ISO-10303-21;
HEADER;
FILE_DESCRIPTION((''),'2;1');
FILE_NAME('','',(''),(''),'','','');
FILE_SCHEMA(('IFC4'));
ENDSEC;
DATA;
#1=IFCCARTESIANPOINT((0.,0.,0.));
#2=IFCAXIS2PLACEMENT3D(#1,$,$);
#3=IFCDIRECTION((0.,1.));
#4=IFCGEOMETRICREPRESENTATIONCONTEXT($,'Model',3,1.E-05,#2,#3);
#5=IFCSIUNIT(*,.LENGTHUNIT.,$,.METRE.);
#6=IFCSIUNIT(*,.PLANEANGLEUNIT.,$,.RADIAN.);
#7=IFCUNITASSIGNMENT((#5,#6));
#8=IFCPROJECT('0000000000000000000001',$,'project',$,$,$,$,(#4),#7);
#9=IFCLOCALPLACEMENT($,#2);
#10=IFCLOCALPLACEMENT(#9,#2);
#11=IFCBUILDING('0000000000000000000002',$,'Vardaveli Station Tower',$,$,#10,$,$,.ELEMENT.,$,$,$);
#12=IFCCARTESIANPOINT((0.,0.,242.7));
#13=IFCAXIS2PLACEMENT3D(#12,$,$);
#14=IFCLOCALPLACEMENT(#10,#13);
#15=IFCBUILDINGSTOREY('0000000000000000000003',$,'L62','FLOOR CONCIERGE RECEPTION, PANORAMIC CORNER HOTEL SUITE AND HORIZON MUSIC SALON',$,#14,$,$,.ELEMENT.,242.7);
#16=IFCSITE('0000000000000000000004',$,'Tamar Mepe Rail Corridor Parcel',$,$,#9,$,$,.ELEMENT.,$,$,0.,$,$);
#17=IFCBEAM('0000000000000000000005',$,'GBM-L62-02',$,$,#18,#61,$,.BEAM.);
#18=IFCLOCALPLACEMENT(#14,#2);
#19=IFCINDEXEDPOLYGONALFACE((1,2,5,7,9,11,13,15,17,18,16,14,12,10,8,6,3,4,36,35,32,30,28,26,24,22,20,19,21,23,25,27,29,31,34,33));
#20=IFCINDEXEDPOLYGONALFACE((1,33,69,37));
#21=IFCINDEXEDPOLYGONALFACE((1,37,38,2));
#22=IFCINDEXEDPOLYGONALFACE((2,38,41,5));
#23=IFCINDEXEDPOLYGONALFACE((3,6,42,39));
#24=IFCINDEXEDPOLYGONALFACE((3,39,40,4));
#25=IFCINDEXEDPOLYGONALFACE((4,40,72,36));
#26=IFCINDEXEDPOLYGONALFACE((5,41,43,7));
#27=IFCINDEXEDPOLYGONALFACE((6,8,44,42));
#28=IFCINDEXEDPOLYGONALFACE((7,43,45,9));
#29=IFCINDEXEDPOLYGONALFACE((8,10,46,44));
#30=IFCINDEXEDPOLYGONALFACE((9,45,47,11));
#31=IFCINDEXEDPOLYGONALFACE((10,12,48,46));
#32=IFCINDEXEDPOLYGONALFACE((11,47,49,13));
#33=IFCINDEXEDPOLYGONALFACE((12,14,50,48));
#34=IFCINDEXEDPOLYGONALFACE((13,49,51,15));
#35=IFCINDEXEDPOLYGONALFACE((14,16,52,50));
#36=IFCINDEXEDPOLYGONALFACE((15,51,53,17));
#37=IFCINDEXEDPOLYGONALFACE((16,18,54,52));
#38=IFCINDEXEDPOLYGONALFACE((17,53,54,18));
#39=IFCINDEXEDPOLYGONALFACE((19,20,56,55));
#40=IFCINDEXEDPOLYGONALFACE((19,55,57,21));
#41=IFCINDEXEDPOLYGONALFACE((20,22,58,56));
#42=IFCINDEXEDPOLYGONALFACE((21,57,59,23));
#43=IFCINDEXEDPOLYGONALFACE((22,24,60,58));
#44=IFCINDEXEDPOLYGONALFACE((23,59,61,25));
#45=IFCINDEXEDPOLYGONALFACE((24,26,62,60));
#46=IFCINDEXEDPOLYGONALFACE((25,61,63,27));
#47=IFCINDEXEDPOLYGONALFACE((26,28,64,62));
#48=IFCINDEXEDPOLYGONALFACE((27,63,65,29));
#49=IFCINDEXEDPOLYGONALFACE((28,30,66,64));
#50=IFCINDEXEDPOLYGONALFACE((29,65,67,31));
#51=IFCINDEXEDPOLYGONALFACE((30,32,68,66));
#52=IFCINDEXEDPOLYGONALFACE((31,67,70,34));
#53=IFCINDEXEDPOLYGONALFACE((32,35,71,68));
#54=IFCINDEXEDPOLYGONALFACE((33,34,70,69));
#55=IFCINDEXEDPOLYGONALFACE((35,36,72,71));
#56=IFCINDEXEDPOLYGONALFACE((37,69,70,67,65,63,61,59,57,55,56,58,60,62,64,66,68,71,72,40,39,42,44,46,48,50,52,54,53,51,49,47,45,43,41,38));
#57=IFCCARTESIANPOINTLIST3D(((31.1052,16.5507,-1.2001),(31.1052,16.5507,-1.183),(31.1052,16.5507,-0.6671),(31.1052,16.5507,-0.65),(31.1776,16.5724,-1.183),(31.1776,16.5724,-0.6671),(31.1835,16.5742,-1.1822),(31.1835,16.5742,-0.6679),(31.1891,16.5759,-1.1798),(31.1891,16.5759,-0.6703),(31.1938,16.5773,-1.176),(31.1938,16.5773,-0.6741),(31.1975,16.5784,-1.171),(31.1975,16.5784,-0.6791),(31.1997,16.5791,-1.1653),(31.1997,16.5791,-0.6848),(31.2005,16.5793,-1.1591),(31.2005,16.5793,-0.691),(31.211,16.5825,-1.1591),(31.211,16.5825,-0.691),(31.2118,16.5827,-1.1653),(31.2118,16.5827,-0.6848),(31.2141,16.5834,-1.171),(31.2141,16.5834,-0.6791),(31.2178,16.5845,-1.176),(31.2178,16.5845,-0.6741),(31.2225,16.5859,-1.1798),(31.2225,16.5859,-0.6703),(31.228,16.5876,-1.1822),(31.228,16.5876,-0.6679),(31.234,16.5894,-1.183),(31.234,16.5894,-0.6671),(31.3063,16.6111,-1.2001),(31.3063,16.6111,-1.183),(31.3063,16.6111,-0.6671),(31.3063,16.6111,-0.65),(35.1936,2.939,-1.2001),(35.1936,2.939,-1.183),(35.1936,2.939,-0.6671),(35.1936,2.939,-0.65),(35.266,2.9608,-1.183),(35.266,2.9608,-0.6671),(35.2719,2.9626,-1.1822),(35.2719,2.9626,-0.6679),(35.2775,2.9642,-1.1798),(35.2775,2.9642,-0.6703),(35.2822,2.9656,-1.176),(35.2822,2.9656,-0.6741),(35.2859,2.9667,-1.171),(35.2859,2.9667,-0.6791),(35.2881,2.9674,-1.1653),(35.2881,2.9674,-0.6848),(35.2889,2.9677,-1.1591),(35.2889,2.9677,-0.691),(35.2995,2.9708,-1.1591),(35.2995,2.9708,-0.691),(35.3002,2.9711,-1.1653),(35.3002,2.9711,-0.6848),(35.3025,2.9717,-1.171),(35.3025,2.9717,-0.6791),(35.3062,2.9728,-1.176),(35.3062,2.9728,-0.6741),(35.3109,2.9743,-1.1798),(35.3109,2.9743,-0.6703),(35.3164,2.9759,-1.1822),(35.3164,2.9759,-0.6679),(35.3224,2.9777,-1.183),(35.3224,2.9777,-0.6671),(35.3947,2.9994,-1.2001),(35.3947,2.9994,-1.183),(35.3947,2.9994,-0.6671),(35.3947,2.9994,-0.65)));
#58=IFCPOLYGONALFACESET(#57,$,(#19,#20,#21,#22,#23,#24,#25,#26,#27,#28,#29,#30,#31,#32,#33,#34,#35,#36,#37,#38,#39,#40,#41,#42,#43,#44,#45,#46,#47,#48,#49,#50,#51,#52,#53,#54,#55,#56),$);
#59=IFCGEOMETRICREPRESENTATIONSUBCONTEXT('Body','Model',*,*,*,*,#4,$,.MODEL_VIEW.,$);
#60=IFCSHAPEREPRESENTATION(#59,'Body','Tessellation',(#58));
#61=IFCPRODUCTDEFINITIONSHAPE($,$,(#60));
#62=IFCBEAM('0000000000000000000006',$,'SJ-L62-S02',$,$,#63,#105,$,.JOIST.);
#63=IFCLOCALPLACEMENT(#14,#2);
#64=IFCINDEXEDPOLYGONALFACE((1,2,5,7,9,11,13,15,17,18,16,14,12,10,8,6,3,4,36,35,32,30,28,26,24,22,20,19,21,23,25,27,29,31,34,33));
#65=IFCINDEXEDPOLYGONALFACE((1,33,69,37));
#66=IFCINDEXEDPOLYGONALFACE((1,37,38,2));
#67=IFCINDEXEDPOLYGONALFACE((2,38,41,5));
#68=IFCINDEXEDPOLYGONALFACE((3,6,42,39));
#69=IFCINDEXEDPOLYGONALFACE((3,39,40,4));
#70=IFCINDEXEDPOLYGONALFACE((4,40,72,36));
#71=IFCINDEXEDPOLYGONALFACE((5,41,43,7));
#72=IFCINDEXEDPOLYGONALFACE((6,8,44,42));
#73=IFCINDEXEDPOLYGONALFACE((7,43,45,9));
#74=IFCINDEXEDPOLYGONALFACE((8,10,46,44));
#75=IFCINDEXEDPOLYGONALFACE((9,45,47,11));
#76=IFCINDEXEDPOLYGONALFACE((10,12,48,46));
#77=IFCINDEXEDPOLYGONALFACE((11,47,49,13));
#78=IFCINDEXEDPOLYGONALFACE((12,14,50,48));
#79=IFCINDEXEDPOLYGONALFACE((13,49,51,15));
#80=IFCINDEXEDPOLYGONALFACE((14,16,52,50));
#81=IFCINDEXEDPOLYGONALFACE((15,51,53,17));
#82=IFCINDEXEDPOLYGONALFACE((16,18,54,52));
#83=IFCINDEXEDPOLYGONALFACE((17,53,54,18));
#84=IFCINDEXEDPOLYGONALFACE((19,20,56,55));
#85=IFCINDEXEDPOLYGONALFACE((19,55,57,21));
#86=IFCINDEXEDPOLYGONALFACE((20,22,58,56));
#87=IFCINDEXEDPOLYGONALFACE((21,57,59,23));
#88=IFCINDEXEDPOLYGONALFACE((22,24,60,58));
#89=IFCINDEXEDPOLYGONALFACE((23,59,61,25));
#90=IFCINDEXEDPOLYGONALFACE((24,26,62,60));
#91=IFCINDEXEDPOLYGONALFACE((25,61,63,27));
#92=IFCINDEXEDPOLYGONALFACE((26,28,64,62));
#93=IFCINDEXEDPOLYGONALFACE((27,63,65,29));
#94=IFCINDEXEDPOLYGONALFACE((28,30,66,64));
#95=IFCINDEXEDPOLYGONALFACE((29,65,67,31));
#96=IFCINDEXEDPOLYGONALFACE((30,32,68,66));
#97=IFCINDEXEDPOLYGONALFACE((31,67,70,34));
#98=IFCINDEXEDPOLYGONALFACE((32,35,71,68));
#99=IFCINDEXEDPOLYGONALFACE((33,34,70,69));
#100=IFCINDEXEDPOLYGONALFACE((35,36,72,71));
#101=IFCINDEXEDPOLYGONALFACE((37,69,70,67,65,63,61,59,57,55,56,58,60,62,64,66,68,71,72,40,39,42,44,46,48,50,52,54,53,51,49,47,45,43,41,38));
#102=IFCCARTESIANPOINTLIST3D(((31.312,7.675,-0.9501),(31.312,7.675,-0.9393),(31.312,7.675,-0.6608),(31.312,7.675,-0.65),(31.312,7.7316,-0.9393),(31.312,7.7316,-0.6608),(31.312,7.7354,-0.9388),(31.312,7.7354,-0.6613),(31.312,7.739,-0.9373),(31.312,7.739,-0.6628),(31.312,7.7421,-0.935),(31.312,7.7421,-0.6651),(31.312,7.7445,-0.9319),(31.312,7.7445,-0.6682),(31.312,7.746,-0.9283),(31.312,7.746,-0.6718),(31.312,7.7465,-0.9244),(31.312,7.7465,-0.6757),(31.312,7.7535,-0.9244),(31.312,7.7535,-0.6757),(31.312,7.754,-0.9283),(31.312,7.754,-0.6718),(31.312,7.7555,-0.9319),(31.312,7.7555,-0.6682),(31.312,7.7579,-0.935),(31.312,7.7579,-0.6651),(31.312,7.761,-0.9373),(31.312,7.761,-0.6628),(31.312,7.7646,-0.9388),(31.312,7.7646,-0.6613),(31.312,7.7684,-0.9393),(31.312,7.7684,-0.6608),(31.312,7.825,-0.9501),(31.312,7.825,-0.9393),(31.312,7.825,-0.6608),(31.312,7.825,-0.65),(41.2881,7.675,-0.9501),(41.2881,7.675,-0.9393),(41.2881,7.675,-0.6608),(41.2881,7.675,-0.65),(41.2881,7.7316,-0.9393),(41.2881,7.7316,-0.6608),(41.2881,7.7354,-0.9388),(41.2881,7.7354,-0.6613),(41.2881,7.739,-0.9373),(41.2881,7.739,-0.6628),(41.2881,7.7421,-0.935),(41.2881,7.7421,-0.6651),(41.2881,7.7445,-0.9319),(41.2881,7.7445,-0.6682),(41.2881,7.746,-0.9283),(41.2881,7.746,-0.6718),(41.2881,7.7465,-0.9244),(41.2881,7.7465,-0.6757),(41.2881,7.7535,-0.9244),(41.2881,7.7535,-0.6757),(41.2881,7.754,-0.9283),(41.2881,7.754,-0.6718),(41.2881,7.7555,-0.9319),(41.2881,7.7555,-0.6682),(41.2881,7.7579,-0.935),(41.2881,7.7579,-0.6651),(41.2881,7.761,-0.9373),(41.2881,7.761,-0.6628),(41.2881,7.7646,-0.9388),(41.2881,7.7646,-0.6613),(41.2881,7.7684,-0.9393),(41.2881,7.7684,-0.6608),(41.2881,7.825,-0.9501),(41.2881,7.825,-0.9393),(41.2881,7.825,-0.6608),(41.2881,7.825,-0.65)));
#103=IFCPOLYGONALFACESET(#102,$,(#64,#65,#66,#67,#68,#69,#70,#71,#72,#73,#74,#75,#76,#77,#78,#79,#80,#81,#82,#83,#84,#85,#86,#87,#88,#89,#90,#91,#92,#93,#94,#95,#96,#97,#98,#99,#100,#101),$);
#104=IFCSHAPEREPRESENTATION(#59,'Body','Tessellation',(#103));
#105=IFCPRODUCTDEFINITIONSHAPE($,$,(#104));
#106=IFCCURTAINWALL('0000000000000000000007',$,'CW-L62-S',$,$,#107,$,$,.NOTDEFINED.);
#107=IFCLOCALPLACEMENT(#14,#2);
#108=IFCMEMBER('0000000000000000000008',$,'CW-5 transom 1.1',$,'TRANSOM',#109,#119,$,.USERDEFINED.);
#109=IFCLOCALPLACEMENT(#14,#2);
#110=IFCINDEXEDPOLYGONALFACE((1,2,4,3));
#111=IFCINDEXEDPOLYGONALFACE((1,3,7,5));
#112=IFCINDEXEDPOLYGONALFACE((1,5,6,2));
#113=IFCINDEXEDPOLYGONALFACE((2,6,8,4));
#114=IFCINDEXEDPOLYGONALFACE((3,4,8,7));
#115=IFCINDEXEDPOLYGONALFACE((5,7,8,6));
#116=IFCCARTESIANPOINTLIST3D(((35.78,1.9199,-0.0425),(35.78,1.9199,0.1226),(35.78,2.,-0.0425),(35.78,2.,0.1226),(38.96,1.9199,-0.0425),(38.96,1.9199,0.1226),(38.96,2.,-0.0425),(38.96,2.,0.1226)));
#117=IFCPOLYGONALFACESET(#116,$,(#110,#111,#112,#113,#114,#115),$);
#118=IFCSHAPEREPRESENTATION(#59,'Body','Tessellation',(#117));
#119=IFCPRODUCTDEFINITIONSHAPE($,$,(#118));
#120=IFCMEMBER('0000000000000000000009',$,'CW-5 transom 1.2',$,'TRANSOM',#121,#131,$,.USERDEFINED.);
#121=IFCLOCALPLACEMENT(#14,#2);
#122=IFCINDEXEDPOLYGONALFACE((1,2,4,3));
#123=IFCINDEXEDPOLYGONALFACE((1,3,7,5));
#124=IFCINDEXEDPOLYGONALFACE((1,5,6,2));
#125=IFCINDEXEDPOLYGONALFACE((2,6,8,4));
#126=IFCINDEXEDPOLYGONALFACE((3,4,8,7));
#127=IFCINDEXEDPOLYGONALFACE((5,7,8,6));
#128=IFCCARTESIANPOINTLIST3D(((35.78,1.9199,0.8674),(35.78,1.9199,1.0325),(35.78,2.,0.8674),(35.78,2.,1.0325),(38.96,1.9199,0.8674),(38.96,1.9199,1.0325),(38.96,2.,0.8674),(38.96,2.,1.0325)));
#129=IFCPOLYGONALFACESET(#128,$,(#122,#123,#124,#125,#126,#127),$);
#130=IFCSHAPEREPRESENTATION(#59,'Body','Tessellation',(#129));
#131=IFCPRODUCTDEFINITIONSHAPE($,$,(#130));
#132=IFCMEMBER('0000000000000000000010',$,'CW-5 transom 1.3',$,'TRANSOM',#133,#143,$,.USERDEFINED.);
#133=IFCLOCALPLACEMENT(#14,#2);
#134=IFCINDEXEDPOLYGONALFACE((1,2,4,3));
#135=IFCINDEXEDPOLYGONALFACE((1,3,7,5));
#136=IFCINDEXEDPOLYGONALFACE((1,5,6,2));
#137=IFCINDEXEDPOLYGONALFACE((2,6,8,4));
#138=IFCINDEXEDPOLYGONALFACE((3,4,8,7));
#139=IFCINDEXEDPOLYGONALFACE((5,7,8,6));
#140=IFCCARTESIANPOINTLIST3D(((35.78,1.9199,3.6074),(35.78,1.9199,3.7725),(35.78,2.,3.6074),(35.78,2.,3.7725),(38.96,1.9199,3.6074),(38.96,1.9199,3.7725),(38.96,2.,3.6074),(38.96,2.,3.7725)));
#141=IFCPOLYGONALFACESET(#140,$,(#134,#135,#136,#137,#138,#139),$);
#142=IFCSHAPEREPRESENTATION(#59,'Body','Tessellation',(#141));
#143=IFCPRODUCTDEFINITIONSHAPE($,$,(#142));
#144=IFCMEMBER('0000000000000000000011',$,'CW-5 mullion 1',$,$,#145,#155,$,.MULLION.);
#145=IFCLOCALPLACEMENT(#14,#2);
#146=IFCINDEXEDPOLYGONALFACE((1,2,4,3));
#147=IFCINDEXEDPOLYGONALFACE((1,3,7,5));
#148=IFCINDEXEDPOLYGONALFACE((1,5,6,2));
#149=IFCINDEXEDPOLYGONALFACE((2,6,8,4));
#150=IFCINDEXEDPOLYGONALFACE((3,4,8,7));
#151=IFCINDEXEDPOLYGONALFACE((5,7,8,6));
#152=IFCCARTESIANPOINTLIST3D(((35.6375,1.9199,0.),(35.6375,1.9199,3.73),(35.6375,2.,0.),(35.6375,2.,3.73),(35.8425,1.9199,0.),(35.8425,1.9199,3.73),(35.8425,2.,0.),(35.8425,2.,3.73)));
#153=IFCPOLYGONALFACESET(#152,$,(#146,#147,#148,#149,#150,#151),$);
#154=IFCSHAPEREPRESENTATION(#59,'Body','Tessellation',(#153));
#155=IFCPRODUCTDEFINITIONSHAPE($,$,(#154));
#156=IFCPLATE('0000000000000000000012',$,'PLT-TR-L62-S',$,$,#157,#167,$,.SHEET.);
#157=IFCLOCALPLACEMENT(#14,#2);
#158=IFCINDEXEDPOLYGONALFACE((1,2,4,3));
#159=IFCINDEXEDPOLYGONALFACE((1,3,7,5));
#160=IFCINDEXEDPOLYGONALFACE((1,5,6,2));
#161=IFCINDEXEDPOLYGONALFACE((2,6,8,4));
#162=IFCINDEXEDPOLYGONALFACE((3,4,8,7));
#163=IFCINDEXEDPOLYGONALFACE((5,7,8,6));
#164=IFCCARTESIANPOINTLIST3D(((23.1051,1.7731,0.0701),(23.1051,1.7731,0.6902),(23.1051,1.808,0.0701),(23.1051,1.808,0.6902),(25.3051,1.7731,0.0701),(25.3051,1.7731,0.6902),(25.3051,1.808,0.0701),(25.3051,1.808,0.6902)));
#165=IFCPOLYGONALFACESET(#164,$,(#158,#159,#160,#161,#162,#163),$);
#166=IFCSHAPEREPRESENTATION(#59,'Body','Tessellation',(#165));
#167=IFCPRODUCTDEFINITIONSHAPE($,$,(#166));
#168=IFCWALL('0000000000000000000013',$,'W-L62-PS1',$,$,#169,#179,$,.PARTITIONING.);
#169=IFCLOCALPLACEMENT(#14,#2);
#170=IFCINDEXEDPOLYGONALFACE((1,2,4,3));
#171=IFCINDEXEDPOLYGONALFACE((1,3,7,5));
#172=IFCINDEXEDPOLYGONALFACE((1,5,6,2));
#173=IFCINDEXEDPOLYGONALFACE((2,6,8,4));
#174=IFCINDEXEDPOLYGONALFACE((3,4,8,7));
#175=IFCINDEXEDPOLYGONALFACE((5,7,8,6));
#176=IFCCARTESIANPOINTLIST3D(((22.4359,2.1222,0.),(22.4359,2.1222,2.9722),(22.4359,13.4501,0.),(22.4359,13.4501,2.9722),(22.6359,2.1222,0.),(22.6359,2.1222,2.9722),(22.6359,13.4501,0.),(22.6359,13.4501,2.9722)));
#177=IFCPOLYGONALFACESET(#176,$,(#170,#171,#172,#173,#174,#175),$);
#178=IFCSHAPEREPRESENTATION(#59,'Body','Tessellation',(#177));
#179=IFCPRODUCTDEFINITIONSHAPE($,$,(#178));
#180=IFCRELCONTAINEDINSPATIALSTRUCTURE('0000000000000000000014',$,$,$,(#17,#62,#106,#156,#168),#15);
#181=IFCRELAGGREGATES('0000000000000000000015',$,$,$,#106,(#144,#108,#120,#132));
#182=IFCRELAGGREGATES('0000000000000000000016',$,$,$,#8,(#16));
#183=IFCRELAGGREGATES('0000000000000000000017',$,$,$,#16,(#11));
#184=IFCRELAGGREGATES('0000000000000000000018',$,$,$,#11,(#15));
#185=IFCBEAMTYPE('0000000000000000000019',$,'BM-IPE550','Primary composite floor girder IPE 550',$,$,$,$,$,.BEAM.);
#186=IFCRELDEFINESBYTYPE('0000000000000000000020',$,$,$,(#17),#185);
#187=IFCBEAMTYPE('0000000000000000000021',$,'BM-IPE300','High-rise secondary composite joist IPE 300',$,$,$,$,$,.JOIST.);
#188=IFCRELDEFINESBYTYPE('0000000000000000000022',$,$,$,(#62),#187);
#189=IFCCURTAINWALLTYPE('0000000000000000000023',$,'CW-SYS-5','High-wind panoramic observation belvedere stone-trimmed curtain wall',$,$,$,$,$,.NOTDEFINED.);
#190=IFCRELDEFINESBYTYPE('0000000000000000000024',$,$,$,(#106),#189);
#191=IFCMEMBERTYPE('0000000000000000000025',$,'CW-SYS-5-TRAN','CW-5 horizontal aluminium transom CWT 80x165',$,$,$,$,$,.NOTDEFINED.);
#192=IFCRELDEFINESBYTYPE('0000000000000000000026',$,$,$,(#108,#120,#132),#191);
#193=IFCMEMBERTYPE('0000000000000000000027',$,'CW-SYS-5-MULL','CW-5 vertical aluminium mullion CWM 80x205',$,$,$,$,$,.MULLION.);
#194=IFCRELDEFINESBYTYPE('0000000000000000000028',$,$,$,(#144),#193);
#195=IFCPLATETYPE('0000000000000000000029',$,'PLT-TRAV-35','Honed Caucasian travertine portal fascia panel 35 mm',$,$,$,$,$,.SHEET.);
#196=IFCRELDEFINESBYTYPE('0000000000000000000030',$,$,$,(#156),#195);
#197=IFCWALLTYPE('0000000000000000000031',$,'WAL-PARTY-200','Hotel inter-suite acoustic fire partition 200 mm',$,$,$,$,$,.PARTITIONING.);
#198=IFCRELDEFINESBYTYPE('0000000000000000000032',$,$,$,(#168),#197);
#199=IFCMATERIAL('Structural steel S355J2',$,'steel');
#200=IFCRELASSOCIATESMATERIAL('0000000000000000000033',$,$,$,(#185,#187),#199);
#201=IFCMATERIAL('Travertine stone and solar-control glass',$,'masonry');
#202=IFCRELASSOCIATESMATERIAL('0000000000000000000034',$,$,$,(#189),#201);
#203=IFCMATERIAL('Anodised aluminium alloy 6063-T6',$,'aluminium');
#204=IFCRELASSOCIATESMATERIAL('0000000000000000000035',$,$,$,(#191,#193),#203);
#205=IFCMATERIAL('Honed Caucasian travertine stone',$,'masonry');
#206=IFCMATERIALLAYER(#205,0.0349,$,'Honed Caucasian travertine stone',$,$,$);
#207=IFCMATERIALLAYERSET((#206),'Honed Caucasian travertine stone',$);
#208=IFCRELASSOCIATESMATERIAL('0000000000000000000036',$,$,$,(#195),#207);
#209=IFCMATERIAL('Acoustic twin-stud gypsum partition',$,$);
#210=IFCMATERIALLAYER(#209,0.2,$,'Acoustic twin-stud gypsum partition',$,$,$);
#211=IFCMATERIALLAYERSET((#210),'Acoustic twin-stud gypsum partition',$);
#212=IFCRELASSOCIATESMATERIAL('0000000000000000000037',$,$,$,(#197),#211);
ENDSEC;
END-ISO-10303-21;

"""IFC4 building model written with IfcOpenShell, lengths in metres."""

from ifc_helpers import new_model, si_unit, direction, frame, frame_2d, origin, origin_2d, place, context, subcontext, project, spatial, rectangle, i_section, extrude, source, transform, mapped, material, layer, layer_set, material_profile, profile_set, type_object, element, aggregate, save


model = new_model("IFC4")

# Units and contexts
model_context = context("Model", 3, precision=1e-05, world=origin(), true_north=direction((0.0, 1.0)))
body_context = subcontext(model_context, "Body", "Model", "MODEL_VIEW")
ifc_project = project(units=[si_unit("LENGTHUNIT", "METRE"), si_unit("PLANEANGLEUNIT", "RADIAN")], contexts=[model_context])

# Site, building, storey
site_placement = place(None, origin())
site = spatial("IfcSite", under=ifc_project, at=site_placement, Name="Tamar Mepe Rail Corridor Parcel", CompositionType="ELEMENT", RefElevation=0.0)
building_placement = place(site_placement, origin())
building = spatial("IfcBuilding", under=site, at=building_placement, Name="Vardaveli Station Tower", CompositionType="ELEMENT")
storey_placement = place(building_placement, frame((0.0, 0.0, 242.7)))
storey = spatial("IfcBuildingStorey", under=building, at=storey_placement, Name="L62", Description="FLOOR CONCIERGE RECEPTION, PANORAMIC CORNER HOTEL SUITE AND HORIZON MUSIC SALON", CompositionType="ELEMENT", Elevation=242.7)

# Beams
ifc_material_1 = material(Name="Structural steel S355J2", Category="steel")
ifc_material_profile_1 = material_profile(ifc_material_1, i_section(OverallWidth=0.21, OverallDepth=0.55, WebThickness=0.011, FlangeThickness=0.0171, FilletRadius=0.0239, at=origin_2d()), Name="IPE 550")
ifc_profile_set_1 = profile_set([ifc_material_profile_1], Name="Structural steel S355J2")
beam_type_1 = type_object("IfcBeamType", Name="BM-IPE550", Description="Primary composite floor girder IPE 550", PredefinedType="BEAM", material=ifc_profile_set_1)
shared_shape_1 = source(origin(), body_context, "Body", "SweptSolid", [
    extrude(i_section(OverallWidth=0.21, OverallDepth=0.55, WebThickness=0.011, FlangeThickness=0.0171, FilletRadius=0.0239, at=origin_2d()), origin(), (0.0, 0.0, 1.0), 14.2124),
])
beam_1_placement = place(storey_placement, frame((35.2942, 2.9692, -0.925), z_axis=(-0.287665, 0.957731, 0.0), x_axis=(-0.957731, -0.287665, 0.0)))
element("IfcBeam", 1, at=beam_1_placement, inside=storey, type_object=beam_type_1, Name="GBM-L62-02", PredefinedType="BEAM", context=body_context, shape_type="MappedRepresentation", body=[
    mapped(shared_shape_1, transform((0.0, 0.0, 0.0), scale=1.0)),
])
ifc_material_profile_2 = material_profile(ifc_material_1, i_section(OverallWidth=0.1499, OverallDepth=0.3, WebThickness=0.0071, FlangeThickness=0.0107, FilletRadius=0.0149, at=origin_2d()), Name="IPE 300")
ifc_profile_set_2 = profile_set([ifc_material_profile_2], Name="Structural steel S355J2")
beam_type_2 = type_object("IfcBeamType", Name="BM-IPE300", Description="High-rise secondary composite joist IPE 300", PredefinedType="JOIST", material=ifc_profile_set_2)
shared_shape_2 = source(origin(), body_context, "Body", "SweptSolid", [
    extrude(i_section(OverallWidth=0.1499, OverallDepth=0.3, WebThickness=0.0071, FlangeThickness=0.0107, FilletRadius=0.0149, at=origin_2d()), origin(), (0.0, 0.0, 1.0), 9.9761),
])
beam_2_placement = place(storey_placement, frame((31.312, 7.75, -0.8), z_axis=(1.0, 0.0, 0.0), x_axis=(0.0, 1.0, 0.0)))
element("IfcBeam", 2, at=beam_2_placement, inside=storey, type_object=beam_type_2, Name="SJ-L62-S02", PredefinedType="JOIST", context=body_context, shape_type="MappedRepresentation", body=[
    mapped(shared_shape_2, transform((0.0, 0.0, 0.0), scale=1.0)),
])

# Curtain wall, members
ifc_material_2 = material(Name="Travertine stone and solar-control glass", Category="masonry")
curtain_wall_type = type_object("IfcCurtainWallType", Name="CW-SYS-5", Description="High-wind panoramic observation belvedere stone-trimmed curtain wall", PredefinedType="NOTDEFINED", material=ifc_material_2)
curtain_wall_placement = place(storey_placement, origin())
curtain_wall = element("IfcCurtainWall", 3, at=curtain_wall_placement, inside=storey, type_object=curtain_wall_type, Name="CW-L62-S", PredefinedType="NOTDEFINED")
ifc_material_3 = material(Name="Anodised aluminium alloy 6063-T6", Category="aluminium")
ifc_material_profile_3 = material_profile(ifc_material_3, rectangle(XDim=0.0801, YDim=0.165, at=origin_2d()), Name="CWT 80x165")
ifc_profile_set_3 = profile_set([ifc_material_profile_3], Name="Anodised aluminium alloy 6063-T6")
member_type_1 = type_object("IfcMemberType", Name="CW-SYS-5-TRAN", Description="CW-5 horizontal aluminium transom CWT 80x165", PredefinedType="NOTDEFINED", material=ifc_profile_set_3)
shared_shape_3 = source(origin(), body_context, "Body", "SweptSolid", [
    extrude(rectangle(XDim=0.0801, YDim=0.165, at=origin_2d()), origin(), (0.0, 0.0, 1.0), 3.1799),
])
member_1_placement = place(storey_placement, frame((35.78, 1.96, 0.04), z_axis=(1.0, 0.0, 0.0), x_axis=(0.0, 1.0, 0.0)))
member_1 = element("IfcMember", 4, at=member_1_placement, type_object=member_type_1, Name="CW-5 transom 1.1", ObjectType="TRANSOM", PredefinedType="USERDEFINED", context=body_context, shape_type="MappedRepresentation", body=[
    mapped(shared_shape_3, transform((0.0, 0.0, 0.0), scale=1.0)),
])
member_2_placement = place(storey_placement, frame((35.78, 1.96, 0.95), z_axis=(1.0, 0.0, 0.0), x_axis=(0.0, 1.0, 0.0)))
member_2 = element("IfcMember", 5, at=member_2_placement, type_object=member_type_1, Name="CW-5 transom 1.2", ObjectType="TRANSOM", PredefinedType="USERDEFINED", context=body_context, shape_type="MappedRepresentation", body=[
    mapped(shared_shape_3, transform((0.0, 0.0, 0.0), scale=1.0)),
])
member_3_placement = place(storey_placement, frame((35.78, 1.96, 3.6899), z_axis=(1.0, 0.0, 0.0), x_axis=(0.0, 1.0, 0.0)))
member_3 = element("IfcMember", 6, at=member_3_placement, type_object=member_type_1, Name="CW-5 transom 1.3", ObjectType="TRANSOM", PredefinedType="USERDEFINED", context=body_context, shape_type="MappedRepresentation", body=[
    mapped(shared_shape_3, transform((0.0, 0.0, 0.0), scale=1.0)),
])
ifc_material_profile_4 = material_profile(ifc_material_3, rectangle(XDim=0.0801, YDim=0.2051, at=origin_2d()), Name="CWM 80x205")
ifc_profile_set_4 = profile_set([ifc_material_profile_4], Name="Anodised aluminium alloy 6063-T6")
member_type_2 = type_object("IfcMemberType", Name="CW-SYS-5-MULL", Description="CW-5 vertical aluminium mullion CWM 80x205", PredefinedType="MULLION", material=ifc_profile_set_4)
shared_shape_4 = source(origin(), body_context, "Body", "SweptSolid", [
    extrude(rectangle(XDim=0.0801, YDim=0.2051, at=origin_2d()), origin(), (0.0, 0.0, 1.0), 3.73),
])
member_4_placement = place(storey_placement, frame((35.74, 1.96, 0.0), z_axis=(0.0, 0.0, 1.0), x_axis=(0.0, 1.0, 0.0)))
member_4 = element("IfcMember", 7, at=member_4_placement, type_object=member_type_2, Name="CW-5 mullion 1", PredefinedType="MULLION", context=body_context, shape_type="MappedRepresentation", body=[
    mapped(shared_shape_4, transform((0.0, 0.0, 0.0), scale=1.0)),
])
aggregate(curtain_wall, [member_4, member_1, member_2, member_3])

# Plate
ifc_material_4 = material(Name="Honed Caucasian travertine stone", Category="masonry")
ifc_layer_1 = layer(ifc_material_4, 0.0349, Name="Honed Caucasian travertine stone")
ifc_layer_set_1 = layer_set([ifc_layer_1], Name="Honed Caucasian travertine stone")
plate_type = type_object("IfcPlateType", Name="PLT-TRAV-35", Description="Honed Caucasian travertine portal fascia panel 35 mm", PredefinedType="SHEET", material=ifc_layer_set_1)
shared_shape_5 = source(origin(), body_context, "Body", "SweptSolid", [
    extrude(rectangle(XDim=2.2, YDim=0.0349, at=origin_2d()), origin(), (0.0, 0.0, 1.0), 0.6201),
])
plate_placement = place(storey_placement, frame((24.2051, 1.7905, 0.0701), z_axis=(0.0, 0.0, 1.0), x_axis=(1.0, 0.0, 0.0)))
element("IfcPlate", 8, at=plate_placement, inside=storey, type_object=plate_type, Name="PLT-TR-L62-S", PredefinedType="SHEET", context=body_context, shape_type="MappedRepresentation", body=[
    mapped(shared_shape_5, transform((0.0, 0.0, 0.0), scale=1.0)),
])

# Wall
ifc_material_5 = material(Name="Acoustic twin-stud gypsum partition")
ifc_layer_2 = layer(ifc_material_5, 0.2, Name="Acoustic twin-stud gypsum partition")
ifc_layer_set_2 = layer_set([ifc_layer_2], Name="Acoustic twin-stud gypsum partition")
wall_type = type_object("IfcWallType", Name="WAL-PARTY-200", Description="Hotel inter-suite acoustic fire partition 200 mm", PredefinedType="PARTITIONING", material=ifc_layer_set_2)
shared_shape_6 = source(origin(), body_context, "Body", "SweptSolid", [
    extrude(rectangle(XDim=11.3279, YDim=0.2, at=frame_2d((5.6641, 0.0))), origin(), (0.0, 0.0, 1.0), 2.9722),
])
for number, where, z_axis, x_axis, name in (
    (9, (22.5359, 2.1221, 0.0), (0.0, 0.0, 1.0), (0.0, 1.0, 0.0), "W-L62-PS1"),
):
    element("IfcWall", number, at=place(storey_placement, frame(where, z_axis=z_axis, x_axis=x_axis)), inside=storey, type_object=wall_type, Name=name, PredefinedType="PARTITIONING", context=body_context, shape_type="MappedRepresentation", body=[
        mapped(shared_shape_6, transform((0.0, 0.0, 0.0), scale=1.0)),
    ])

save(model, "model.ifc")
